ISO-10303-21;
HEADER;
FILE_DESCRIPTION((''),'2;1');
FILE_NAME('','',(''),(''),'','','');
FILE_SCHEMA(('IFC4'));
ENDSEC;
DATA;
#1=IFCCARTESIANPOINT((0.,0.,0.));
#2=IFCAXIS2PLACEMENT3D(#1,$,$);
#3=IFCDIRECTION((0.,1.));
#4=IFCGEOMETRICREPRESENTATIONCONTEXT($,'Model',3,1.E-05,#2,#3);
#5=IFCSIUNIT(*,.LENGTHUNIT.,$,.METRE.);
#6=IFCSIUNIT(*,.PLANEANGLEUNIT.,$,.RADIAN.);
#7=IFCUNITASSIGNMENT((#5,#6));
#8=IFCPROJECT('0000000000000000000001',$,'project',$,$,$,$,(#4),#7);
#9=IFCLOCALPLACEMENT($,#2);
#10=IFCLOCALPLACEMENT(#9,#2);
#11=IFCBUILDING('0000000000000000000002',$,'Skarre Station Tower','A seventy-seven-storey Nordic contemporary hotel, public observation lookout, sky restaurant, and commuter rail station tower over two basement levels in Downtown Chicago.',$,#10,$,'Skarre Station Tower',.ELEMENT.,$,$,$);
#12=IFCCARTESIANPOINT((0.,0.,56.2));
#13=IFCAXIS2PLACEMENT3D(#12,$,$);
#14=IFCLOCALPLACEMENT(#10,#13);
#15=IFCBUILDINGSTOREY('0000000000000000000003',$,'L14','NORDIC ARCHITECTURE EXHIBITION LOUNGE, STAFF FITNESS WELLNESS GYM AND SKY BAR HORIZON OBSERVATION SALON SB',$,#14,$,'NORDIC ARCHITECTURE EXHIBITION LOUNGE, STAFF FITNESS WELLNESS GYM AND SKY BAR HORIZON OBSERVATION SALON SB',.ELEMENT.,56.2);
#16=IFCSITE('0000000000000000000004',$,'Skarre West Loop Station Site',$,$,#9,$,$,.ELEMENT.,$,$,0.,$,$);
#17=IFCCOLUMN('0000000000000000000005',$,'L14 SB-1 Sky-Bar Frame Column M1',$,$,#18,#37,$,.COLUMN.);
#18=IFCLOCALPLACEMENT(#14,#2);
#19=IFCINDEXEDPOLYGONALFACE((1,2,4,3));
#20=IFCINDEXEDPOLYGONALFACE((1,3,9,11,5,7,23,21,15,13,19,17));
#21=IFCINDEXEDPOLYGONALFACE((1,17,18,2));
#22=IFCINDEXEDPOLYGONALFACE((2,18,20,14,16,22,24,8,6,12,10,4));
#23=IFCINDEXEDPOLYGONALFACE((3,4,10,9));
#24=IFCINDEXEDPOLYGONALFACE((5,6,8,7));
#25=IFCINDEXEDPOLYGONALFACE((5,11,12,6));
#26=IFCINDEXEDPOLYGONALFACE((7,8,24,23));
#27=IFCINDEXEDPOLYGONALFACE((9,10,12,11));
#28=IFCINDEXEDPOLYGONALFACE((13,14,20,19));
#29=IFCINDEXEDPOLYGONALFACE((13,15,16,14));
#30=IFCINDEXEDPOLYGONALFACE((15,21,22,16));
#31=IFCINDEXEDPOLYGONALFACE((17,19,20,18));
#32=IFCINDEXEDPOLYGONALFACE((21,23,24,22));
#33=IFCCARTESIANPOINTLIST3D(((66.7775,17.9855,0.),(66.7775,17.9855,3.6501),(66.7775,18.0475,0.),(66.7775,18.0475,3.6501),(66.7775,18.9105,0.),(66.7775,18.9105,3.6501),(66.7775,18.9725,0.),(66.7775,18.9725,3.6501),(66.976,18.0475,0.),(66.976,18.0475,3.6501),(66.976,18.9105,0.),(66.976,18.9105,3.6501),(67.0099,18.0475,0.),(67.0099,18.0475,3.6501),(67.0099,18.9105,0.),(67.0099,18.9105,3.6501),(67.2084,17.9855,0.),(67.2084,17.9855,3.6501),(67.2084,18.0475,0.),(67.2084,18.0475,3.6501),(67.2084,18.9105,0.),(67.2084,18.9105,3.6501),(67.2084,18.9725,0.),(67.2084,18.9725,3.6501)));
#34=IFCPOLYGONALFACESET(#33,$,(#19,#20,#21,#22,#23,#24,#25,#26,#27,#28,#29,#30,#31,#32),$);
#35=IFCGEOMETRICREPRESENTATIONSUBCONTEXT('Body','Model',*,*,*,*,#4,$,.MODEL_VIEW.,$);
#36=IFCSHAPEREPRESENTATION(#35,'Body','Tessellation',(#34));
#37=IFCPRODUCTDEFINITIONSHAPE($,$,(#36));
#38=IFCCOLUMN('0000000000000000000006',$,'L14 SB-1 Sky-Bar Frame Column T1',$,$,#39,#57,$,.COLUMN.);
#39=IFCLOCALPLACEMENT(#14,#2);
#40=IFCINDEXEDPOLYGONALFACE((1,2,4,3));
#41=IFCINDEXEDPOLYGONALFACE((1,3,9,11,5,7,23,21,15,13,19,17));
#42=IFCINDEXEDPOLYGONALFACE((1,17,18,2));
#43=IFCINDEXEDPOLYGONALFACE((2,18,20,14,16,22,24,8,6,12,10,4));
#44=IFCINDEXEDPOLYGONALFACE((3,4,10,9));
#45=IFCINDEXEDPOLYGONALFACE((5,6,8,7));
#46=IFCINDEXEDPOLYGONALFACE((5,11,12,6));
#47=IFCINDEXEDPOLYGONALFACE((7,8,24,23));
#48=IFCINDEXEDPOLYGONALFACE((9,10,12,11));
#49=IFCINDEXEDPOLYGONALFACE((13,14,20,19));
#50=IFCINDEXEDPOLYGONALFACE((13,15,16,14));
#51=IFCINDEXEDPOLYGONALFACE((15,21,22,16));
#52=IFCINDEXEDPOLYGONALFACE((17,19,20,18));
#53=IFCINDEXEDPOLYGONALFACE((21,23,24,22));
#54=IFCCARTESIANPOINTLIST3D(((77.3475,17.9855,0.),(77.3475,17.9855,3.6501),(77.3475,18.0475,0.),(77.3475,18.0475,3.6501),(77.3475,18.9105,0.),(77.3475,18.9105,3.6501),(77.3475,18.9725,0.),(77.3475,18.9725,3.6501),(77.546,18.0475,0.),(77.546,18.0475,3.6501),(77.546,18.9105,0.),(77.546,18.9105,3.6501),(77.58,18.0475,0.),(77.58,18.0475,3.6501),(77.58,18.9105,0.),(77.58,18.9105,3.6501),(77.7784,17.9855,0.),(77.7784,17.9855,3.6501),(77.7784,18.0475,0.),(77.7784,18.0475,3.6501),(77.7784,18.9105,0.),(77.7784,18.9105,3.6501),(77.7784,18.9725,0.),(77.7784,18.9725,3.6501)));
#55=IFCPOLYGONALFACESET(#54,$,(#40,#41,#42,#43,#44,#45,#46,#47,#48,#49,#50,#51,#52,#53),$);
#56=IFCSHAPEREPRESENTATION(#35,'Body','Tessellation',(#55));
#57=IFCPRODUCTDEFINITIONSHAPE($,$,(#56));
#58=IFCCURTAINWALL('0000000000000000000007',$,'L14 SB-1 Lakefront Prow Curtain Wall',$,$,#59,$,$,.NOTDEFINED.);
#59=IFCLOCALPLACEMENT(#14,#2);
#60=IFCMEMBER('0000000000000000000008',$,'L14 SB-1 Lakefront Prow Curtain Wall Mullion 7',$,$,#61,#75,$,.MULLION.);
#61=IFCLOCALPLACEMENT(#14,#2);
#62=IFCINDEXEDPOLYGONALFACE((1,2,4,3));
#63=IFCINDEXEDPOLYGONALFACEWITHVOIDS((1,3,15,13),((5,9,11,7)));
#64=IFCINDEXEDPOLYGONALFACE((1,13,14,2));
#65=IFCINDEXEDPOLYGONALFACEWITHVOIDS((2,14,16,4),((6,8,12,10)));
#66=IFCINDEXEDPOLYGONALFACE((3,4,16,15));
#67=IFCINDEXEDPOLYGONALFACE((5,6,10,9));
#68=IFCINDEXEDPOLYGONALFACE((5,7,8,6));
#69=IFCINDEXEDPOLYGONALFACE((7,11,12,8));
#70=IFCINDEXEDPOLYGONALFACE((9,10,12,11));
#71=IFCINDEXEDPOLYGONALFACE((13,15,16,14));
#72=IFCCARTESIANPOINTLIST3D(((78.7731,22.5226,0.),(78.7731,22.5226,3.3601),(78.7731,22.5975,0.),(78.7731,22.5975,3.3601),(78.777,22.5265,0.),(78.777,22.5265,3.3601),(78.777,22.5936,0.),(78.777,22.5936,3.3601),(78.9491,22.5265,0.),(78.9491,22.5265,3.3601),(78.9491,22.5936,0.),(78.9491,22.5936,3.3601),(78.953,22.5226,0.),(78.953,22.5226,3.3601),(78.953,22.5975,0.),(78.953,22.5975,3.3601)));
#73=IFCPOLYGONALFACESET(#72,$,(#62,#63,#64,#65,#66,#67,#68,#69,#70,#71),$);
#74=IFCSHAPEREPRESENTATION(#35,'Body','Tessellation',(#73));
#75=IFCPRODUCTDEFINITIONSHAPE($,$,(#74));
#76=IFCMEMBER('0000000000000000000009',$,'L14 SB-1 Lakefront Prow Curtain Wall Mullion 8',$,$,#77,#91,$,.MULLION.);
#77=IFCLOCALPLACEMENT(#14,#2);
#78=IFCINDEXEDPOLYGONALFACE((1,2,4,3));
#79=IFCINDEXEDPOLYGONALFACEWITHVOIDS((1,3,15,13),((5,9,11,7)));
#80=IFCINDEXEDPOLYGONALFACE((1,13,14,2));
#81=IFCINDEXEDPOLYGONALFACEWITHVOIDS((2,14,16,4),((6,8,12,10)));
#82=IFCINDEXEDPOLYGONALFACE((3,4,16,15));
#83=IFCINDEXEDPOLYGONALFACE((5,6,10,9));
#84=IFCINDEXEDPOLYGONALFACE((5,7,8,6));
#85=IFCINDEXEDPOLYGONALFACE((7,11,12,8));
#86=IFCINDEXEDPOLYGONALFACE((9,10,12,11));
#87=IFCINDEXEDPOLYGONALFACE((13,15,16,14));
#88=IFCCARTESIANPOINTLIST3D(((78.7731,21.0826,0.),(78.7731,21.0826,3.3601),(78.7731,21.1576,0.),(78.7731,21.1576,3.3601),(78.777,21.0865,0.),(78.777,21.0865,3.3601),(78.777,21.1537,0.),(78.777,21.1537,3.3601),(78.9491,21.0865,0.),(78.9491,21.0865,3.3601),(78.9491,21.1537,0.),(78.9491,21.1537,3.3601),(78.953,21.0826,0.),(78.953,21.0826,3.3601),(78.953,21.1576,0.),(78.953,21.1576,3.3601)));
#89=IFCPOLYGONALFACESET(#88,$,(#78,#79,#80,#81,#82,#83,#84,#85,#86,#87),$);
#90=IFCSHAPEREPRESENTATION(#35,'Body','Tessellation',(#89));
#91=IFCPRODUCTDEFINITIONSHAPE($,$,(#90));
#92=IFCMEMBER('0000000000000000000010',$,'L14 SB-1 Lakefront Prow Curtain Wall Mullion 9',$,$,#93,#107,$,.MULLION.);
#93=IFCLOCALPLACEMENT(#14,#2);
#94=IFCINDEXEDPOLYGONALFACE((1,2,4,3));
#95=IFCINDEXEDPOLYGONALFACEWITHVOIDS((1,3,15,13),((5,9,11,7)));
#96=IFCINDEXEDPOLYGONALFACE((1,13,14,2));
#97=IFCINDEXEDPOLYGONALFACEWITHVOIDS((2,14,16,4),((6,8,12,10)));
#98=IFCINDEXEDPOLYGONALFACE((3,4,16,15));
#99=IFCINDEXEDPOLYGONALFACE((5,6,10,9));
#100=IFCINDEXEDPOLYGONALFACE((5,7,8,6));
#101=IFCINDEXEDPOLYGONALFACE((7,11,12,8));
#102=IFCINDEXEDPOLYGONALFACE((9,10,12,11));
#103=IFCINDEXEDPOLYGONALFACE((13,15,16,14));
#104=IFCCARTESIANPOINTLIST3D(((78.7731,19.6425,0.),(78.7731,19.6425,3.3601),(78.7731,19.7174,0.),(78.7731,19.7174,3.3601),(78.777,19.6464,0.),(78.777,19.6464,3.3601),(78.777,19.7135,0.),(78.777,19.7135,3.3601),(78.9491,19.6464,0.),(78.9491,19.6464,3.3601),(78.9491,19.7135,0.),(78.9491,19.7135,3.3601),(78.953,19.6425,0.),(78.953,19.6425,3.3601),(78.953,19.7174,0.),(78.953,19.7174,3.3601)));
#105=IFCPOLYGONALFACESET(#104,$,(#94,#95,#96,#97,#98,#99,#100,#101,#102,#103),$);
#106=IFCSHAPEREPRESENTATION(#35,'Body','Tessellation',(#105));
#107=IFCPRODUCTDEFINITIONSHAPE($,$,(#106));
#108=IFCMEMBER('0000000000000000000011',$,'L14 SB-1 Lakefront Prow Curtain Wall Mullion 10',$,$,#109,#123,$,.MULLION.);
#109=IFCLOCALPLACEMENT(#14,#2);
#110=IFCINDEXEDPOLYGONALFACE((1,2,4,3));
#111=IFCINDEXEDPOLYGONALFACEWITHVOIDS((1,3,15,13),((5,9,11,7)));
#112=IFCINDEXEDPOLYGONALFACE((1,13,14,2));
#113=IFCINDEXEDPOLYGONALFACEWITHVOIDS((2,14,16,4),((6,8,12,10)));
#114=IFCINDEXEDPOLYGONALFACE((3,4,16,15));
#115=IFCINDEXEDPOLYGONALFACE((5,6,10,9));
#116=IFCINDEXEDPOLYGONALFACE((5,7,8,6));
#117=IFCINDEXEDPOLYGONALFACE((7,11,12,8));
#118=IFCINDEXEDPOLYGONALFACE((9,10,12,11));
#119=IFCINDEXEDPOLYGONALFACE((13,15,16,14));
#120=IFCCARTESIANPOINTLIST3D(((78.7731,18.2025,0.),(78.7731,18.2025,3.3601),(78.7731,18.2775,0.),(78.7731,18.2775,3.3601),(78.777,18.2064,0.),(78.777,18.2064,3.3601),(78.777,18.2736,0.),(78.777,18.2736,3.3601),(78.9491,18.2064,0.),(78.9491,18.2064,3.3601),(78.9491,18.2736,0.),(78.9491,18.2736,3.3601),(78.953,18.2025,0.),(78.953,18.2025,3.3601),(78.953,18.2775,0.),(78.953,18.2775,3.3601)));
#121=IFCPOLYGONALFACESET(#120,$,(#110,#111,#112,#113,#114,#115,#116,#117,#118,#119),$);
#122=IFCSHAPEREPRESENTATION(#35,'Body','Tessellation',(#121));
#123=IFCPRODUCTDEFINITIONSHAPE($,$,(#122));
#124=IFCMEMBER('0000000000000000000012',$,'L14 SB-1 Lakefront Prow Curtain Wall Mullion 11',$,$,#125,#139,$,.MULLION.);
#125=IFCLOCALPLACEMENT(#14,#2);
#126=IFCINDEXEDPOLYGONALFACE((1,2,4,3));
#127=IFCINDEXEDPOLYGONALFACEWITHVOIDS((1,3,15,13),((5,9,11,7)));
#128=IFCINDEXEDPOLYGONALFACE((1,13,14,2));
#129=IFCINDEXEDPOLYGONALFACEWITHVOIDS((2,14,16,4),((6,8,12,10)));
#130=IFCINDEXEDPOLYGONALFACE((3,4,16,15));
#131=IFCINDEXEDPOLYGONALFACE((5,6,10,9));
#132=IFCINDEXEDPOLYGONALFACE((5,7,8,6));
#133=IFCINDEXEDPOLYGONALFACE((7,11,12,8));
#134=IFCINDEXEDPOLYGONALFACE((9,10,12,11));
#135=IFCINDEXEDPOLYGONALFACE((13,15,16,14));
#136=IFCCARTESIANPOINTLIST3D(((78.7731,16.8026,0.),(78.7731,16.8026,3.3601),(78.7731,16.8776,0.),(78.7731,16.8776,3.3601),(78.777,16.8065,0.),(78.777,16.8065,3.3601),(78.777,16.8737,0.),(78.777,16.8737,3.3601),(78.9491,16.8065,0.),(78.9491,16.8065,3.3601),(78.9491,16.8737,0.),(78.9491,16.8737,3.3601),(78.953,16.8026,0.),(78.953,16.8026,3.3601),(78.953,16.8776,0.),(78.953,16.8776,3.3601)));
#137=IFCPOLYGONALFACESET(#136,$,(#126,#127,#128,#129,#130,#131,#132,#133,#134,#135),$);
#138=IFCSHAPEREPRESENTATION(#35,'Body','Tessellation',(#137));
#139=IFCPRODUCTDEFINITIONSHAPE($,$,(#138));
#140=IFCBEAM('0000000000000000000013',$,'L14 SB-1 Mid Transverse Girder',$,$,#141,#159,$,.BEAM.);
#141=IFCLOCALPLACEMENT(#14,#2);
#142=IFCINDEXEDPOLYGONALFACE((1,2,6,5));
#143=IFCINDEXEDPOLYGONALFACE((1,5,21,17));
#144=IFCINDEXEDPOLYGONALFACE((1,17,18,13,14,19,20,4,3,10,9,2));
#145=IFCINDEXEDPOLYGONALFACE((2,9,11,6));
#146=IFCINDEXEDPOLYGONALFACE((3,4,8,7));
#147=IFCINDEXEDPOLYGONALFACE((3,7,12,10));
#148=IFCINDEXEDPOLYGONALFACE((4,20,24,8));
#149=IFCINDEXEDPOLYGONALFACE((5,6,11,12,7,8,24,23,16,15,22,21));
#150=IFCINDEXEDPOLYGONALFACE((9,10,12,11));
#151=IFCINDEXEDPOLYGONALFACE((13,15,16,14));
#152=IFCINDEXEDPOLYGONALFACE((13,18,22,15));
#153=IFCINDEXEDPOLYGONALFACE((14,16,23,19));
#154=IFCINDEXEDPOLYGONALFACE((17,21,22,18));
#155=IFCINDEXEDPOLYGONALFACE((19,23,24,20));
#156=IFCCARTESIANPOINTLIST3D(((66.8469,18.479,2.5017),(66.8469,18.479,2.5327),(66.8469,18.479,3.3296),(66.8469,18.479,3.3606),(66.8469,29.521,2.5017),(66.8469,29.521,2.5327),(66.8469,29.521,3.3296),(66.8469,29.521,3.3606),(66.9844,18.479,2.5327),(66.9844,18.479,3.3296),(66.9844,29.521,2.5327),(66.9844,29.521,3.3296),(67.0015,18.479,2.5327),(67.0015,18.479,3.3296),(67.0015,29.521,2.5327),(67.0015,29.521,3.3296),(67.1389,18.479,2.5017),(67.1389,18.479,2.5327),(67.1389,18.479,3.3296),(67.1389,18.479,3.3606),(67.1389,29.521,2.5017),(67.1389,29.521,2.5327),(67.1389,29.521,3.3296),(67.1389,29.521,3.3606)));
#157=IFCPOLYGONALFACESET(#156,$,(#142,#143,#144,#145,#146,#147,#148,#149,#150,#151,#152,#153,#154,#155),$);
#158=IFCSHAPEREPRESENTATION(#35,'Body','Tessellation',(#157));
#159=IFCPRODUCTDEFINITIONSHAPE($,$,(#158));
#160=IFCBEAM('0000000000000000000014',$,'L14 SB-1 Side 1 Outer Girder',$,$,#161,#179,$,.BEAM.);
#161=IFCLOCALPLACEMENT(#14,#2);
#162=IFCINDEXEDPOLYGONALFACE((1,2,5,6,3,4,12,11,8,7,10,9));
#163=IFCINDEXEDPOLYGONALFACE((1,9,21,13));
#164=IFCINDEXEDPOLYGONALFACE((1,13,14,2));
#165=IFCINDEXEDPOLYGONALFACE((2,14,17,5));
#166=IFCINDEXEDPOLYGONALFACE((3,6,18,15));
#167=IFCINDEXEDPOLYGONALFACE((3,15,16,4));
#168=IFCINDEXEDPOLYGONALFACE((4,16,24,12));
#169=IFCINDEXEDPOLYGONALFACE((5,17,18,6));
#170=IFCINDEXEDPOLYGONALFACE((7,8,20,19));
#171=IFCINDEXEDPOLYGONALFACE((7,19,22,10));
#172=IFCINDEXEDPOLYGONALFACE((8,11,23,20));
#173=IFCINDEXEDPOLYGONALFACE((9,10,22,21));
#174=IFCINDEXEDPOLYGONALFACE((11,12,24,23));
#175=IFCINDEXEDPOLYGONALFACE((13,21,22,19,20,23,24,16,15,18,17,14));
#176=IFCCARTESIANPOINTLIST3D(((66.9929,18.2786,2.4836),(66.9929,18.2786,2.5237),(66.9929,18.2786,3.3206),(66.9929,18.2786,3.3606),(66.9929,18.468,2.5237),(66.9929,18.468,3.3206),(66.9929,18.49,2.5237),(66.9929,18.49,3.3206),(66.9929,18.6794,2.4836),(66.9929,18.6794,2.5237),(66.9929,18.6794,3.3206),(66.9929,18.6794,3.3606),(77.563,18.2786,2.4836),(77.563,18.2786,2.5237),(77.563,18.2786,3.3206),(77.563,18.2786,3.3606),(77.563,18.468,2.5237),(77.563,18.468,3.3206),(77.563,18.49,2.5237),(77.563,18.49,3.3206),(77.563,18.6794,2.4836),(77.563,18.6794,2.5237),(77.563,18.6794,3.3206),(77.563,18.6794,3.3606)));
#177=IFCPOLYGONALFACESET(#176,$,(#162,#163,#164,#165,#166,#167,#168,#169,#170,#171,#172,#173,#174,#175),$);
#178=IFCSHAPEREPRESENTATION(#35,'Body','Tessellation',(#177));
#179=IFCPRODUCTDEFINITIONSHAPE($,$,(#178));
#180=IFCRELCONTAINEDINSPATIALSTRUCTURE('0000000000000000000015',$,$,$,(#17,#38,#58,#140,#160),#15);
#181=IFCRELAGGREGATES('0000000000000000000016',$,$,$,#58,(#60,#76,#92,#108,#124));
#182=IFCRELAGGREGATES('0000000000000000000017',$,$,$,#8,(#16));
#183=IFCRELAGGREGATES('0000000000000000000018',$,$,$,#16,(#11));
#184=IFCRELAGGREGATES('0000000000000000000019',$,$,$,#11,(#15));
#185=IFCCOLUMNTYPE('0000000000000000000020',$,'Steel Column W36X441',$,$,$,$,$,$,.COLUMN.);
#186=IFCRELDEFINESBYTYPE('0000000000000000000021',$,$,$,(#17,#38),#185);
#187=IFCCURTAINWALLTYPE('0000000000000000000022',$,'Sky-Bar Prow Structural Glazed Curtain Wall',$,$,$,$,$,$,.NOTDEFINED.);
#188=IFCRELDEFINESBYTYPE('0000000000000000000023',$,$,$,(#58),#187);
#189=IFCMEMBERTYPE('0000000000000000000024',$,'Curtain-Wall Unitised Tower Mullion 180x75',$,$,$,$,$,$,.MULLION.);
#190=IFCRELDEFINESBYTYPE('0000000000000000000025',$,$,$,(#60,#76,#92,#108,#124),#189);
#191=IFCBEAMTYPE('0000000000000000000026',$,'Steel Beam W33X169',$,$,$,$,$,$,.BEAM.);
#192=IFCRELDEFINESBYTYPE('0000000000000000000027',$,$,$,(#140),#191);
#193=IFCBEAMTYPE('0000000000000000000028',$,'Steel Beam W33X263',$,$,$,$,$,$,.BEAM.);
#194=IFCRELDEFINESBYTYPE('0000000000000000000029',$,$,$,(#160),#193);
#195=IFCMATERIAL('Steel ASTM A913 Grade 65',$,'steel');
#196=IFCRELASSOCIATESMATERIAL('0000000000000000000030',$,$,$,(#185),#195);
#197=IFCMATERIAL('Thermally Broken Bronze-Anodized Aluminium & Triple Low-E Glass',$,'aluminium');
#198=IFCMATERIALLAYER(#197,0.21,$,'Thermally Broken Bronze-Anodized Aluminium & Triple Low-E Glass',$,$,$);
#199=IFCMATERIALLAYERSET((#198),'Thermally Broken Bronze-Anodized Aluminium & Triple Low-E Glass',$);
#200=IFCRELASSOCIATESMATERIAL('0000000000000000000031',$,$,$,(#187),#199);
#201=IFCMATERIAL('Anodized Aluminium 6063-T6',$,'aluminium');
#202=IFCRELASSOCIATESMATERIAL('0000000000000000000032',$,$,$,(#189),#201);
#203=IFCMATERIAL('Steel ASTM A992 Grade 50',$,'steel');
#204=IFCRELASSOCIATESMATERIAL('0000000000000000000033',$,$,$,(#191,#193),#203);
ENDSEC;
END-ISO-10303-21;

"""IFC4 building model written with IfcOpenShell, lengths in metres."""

from ifc_helpers import new_model, si_unit, direction, frame, origin, origin_2d, place, context, subcontext, project, spatial, hollow_rectangle, i_section, extrude, material, layer, layer_set, material_profile, profile_set, type_object, element, aggregate, save


model = new_model("IFC4")

# Units and contexts
model_context = context("Model", 3, precision=1e-05, world=origin(), true_north=direction((0.0, 1.0)))
body_context = subcontext(model_context, "Body", "Model", "MODEL_VIEW")
ifc_project = project(units=[si_unit("LENGTHUNIT", "METRE"), si_unit("PLANEANGLEUNIT", "RADIAN")], contexts=[model_context])

# Site, building, storey
site_placement = place(None, origin())
site = spatial("IfcSite", under=ifc_project, at=site_placement, Name="Skarre West Loop Station Site", CompositionType="ELEMENT", RefElevation=0.0)
building_placement = place(site_placement, origin())
building = spatial("IfcBuilding", under=site, at=building_placement, Name="Skarre Station Tower", Description="A seventy-seven-storey Nordic contemporary hotel, public observation lookout, sky restaurant, and commuter rail station tower over two basement levels in Downtown Chicago.", LongName="Skarre Station Tower", CompositionType="ELEMENT")
storey_placement = place(building_placement, frame((0.0, 0.0, 56.2)))
storey = spatial("IfcBuildingStorey", under=building, at=storey_placement, Name="L14", Description="NORDIC ARCHITECTURE EXHIBITION LOUNGE, STAFF FITNESS WELLNESS GYM AND SKY BAR HORIZON OBSERVATION SALON SB", LongName="NORDIC ARCHITECTURE EXHIBITION LOUNGE, STAFF FITNESS WELLNESS GYM AND SKY BAR HORIZON OBSERVATION SALON SB", CompositionType="ELEMENT", Elevation=56.2)

# Columns
ifc_material_1 = material(Name="Steel ASTM A913 Grade 65", Category="steel")
ifc_material_profile_1 = material_profile(ifc_material_1, i_section(OverallWidth=0.4309, OverallDepth=0.9871, WebThickness=0.0339, FlangeThickness=0.062, at=origin_2d()), Name="Steel ASTM A913 Grade 65")
ifc_profile_set_1 = profile_set([ifc_material_profile_1], Name="Steel ASTM A913 Grade 65")
column_type = type_object("IfcColumnType", Name="Steel Column W36X441", PredefinedType="COLUMN", material=ifc_profile_set_1)
for number, where, z_axis, x_axis, name in (
    (1, (66.9929, 18.479, 0.0), (0.0, 0.0, 1.0), (1.0, 0.0, 0.0), "L14 SB-1 Sky-Bar Frame Column M1"),
    (2, (77.563, 18.479, 0.0), (0.0, 0.0, 1.0), (1.0, 0.0, 0.0), "L14 SB-1 Sky-Bar Frame Column T1"),
):
    element("IfcColumn", number, at=place(storey_placement, frame(where, z_axis=z_axis, x_axis=x_axis)), inside=storey, type_object=column_type, Name=name, PredefinedType="COLUMN", context=body_context, shape_type="SweptSolid", body=[
        extrude(i_section(OverallWidth=0.4309, OverallDepth=0.9871, WebThickness=0.0339, FlangeThickness=0.062, at=origin_2d()), origin(), (0.0, 0.0, 1.0), 3.6501),
    ])

# Curtain wall, members
ifc_material_2 = material(Name="Thermally Broken Bronze-Anodized Aluminium & Triple Low-E Glass", Category="aluminium")
ifc_layer_1 = layer(ifc_material_2, 0.21, Name="Thermally Broken Bronze-Anodized Aluminium & Triple Low-E Glass")
ifc_layer_set_1 = layer_set([ifc_layer_1], Name="Thermally Broken Bronze-Anodized Aluminium & Triple Low-E Glass")
curtain_wall_type = type_object("IfcCurtainWallType", Name="Sky-Bar Prow Structural Glazed Curtain Wall", PredefinedType="NOTDEFINED", material=ifc_layer_set_1)
curtain_wall_placement = place(storey_placement, origin())
curtain_wall = element("IfcCurtainWall", 3, at=curtain_wall_placement, inside=storey, type_object=curtain_wall_type, Name="L14 SB-1 Lakefront Prow Curtain Wall", PredefinedType="NOTDEFINED")
ifc_material_3 = material(Name="Anodized Aluminium 6063-T6", Category="aluminium")
ifc_material_profile_2 = material_profile(ifc_material_3, hollow_rectangle(XDim=0.075, YDim=0.1799, WallThickness=0.0039, at=origin_2d()), Name="Anodized Aluminium 6063-T6")
ifc_profile_set_2 = profile_set([ifc_material_profile_2], Name="Anodized Aluminium 6063-T6")
member_type = type_object("IfcMemberType", Name="Curtain-Wall Unitised Tower Mullion 180x75", PredefinedType="MULLION", material=ifc_profile_set_2)
member_1_placement = place(storey_placement, frame((78.863, 22.5601, 0.0), z_axis=(0.0, 0.0, 1.0), x_axis=(0.0, -1.0, 0.0)))
member_1 = element("IfcMember", 4, at=member_1_placement, type_object=member_type, Name="L14 SB-1 Lakefront Prow Curtain Wall Mullion 7", PredefinedType="MULLION", context=body_context, shape_type="SweptSolid", body=[
    extrude(hollow_rectangle(XDim=0.075, YDim=0.1799, WallThickness=0.0039, at=origin_2d()), origin(), (0.0, 0.0, 1.0), 3.3601),
])
member_2_placement = place(storey_placement, frame((78.863, 21.1201, 0.0), z_axis=(0.0, 0.0, 1.0), x_axis=(0.0, -1.0, 0.0)))
member_2 = element("IfcMember", 5, at=member_2_placement, type_object=member_type, Name="L14 SB-1 Lakefront Prow Curtain Wall Mullion 8", PredefinedType="MULLION", context=body_context, shape_type="SweptSolid", body=[
    extrude(hollow_rectangle(XDim=0.075, YDim=0.1799, WallThickness=0.0039, at=origin_2d()), origin(), (0.0, 0.0, 1.0), 3.3601),
])
member_3_placement = place(storey_placement, frame((78.863, 19.6799, 0.0), z_axis=(0.0, 0.0, 1.0), x_axis=(0.0, -1.0, 0.0)))
member_3 = element("IfcMember", 6, at=member_3_placement, type_object=member_type, Name="L14 SB-1 Lakefront Prow Curtain Wall Mullion 9", PredefinedType="MULLION", context=body_context, shape_type="SweptSolid", body=[
    extrude(hollow_rectangle(XDim=0.075, YDim=0.1799, WallThickness=0.0039, at=origin_2d()), origin(), (0.0, 0.0, 1.0), 3.3601),
])
member_4_placement = place(storey_placement, frame((78.863, 18.24, 0.0), z_axis=(0.0, 0.0, 1.0), x_axis=(0.0, -1.0, 0.0)))
member_4 = element("IfcMember", 7, at=member_4_placement, type_object=member_type, Name="L14 SB-1 Lakefront Prow Curtain Wall Mullion 10", PredefinedType="MULLION", context=body_context, shape_type="SweptSolid", body=[
    extrude(hollow_rectangle(XDim=0.075, YDim=0.1799, WallThickness=0.0039, at=origin_2d()), origin(), (0.0, 0.0, 1.0), 3.3601),
])
member_5_placement = place(storey_placement, frame((78.863, 16.8401, 0.0), z_axis=(0.0, 0.0, 1.0), x_axis=(0.0, -1.0, 0.0)))
member_5 = element("IfcMember", 8, at=member_5_placement, type_object=member_type, Name="L14 SB-1 Lakefront Prow Curtain Wall Mullion 11", PredefinedType="MULLION", context=body_context, shape_type="SweptSolid", body=[
    extrude(hollow_rectangle(XDim=0.075, YDim=0.1799, WallThickness=0.0039, at=origin_2d()), origin(), (0.0, 0.0, 1.0), 3.3601),
])

# Beams
ifc_material_4 = material(Name="Steel ASTM A992 Grade 50", Category="steel")
ifc_material_profile_3 = material_profile(ifc_material_4, i_section(OverallWidth=0.292, OverallDepth=0.8589, WebThickness=0.0171, FlangeThickness=0.031, at=origin_2d()), Name="Steel ASTM A992 Grade 50")
ifc_profile_set_3 = profile_set([ifc_material_profile_3], Name="Steel ASTM A992 Grade 50")
beam_type_1 = type_object("IfcBeamType", Name="Steel Beam W33X169", PredefinedType="BEAM", material=ifc_profile_set_3)
beam_1_placement = place(storey_placement, frame((66.9929, 18.479, 2.9312), z_axis=(0.0, 1.0, 0.0), x_axis=(-1.0, 0.0, 0.0)))
element("IfcBeam", 9, at=beam_1_placement, inside=storey, type_object=beam_type_1, Name="L14 SB-1 Mid Transverse Girder", PredefinedType="BEAM", context=body_context, shape_type="SweptSolid", body=[
    extrude(i_section(OverallWidth=0.292, OverallDepth=0.8589, WebThickness=0.0171, FlangeThickness=0.031, at=origin_2d()), origin(), (0.0, 0.0, 1.0), 11.042),
])
ifc_material_profile_4 = material_profile(ifc_material_4, i_section(OverallWidth=0.4009, OverallDepth=0.877, WebThickness=0.022, FlangeThickness=0.04, at=origin_2d()), Name="Steel ASTM A992 Grade 50")
ifc_profile_set_4 = profile_set([ifc_material_profile_4], Name="Steel ASTM A992 Grade 50")
beam_type_2 = type_object("IfcBeamType", Name="Steel Beam W33X263", PredefinedType="BEAM", material=ifc_profile_set_4)
beam_2_placement = place(storey_placement, frame((66.9929, 18.479, 2.9221), z_axis=(1.0, 0.0, 0.0), x_axis=(0.0, 1.0, 0.0)))
element("IfcBeam", 10, at=beam_2_placement, inside=storey, type_object=beam_type_2, Name="L14 SB-1 Side 1 Outer Girder", PredefinedType="BEAM", context=body_context, shape_type="SweptSolid", body=[
    extrude(i_section(OverallWidth=0.4009, OverallDepth=0.877, WebThickness=0.022, FlangeThickness=0.04, at=origin_2d()), origin(), (0.0, 0.0, 1.0), 10.5701),
])

aggregate(curtain_wall, [member_1, member_2, member_3, member_4, member_5])

save(model, "model.ifc")
